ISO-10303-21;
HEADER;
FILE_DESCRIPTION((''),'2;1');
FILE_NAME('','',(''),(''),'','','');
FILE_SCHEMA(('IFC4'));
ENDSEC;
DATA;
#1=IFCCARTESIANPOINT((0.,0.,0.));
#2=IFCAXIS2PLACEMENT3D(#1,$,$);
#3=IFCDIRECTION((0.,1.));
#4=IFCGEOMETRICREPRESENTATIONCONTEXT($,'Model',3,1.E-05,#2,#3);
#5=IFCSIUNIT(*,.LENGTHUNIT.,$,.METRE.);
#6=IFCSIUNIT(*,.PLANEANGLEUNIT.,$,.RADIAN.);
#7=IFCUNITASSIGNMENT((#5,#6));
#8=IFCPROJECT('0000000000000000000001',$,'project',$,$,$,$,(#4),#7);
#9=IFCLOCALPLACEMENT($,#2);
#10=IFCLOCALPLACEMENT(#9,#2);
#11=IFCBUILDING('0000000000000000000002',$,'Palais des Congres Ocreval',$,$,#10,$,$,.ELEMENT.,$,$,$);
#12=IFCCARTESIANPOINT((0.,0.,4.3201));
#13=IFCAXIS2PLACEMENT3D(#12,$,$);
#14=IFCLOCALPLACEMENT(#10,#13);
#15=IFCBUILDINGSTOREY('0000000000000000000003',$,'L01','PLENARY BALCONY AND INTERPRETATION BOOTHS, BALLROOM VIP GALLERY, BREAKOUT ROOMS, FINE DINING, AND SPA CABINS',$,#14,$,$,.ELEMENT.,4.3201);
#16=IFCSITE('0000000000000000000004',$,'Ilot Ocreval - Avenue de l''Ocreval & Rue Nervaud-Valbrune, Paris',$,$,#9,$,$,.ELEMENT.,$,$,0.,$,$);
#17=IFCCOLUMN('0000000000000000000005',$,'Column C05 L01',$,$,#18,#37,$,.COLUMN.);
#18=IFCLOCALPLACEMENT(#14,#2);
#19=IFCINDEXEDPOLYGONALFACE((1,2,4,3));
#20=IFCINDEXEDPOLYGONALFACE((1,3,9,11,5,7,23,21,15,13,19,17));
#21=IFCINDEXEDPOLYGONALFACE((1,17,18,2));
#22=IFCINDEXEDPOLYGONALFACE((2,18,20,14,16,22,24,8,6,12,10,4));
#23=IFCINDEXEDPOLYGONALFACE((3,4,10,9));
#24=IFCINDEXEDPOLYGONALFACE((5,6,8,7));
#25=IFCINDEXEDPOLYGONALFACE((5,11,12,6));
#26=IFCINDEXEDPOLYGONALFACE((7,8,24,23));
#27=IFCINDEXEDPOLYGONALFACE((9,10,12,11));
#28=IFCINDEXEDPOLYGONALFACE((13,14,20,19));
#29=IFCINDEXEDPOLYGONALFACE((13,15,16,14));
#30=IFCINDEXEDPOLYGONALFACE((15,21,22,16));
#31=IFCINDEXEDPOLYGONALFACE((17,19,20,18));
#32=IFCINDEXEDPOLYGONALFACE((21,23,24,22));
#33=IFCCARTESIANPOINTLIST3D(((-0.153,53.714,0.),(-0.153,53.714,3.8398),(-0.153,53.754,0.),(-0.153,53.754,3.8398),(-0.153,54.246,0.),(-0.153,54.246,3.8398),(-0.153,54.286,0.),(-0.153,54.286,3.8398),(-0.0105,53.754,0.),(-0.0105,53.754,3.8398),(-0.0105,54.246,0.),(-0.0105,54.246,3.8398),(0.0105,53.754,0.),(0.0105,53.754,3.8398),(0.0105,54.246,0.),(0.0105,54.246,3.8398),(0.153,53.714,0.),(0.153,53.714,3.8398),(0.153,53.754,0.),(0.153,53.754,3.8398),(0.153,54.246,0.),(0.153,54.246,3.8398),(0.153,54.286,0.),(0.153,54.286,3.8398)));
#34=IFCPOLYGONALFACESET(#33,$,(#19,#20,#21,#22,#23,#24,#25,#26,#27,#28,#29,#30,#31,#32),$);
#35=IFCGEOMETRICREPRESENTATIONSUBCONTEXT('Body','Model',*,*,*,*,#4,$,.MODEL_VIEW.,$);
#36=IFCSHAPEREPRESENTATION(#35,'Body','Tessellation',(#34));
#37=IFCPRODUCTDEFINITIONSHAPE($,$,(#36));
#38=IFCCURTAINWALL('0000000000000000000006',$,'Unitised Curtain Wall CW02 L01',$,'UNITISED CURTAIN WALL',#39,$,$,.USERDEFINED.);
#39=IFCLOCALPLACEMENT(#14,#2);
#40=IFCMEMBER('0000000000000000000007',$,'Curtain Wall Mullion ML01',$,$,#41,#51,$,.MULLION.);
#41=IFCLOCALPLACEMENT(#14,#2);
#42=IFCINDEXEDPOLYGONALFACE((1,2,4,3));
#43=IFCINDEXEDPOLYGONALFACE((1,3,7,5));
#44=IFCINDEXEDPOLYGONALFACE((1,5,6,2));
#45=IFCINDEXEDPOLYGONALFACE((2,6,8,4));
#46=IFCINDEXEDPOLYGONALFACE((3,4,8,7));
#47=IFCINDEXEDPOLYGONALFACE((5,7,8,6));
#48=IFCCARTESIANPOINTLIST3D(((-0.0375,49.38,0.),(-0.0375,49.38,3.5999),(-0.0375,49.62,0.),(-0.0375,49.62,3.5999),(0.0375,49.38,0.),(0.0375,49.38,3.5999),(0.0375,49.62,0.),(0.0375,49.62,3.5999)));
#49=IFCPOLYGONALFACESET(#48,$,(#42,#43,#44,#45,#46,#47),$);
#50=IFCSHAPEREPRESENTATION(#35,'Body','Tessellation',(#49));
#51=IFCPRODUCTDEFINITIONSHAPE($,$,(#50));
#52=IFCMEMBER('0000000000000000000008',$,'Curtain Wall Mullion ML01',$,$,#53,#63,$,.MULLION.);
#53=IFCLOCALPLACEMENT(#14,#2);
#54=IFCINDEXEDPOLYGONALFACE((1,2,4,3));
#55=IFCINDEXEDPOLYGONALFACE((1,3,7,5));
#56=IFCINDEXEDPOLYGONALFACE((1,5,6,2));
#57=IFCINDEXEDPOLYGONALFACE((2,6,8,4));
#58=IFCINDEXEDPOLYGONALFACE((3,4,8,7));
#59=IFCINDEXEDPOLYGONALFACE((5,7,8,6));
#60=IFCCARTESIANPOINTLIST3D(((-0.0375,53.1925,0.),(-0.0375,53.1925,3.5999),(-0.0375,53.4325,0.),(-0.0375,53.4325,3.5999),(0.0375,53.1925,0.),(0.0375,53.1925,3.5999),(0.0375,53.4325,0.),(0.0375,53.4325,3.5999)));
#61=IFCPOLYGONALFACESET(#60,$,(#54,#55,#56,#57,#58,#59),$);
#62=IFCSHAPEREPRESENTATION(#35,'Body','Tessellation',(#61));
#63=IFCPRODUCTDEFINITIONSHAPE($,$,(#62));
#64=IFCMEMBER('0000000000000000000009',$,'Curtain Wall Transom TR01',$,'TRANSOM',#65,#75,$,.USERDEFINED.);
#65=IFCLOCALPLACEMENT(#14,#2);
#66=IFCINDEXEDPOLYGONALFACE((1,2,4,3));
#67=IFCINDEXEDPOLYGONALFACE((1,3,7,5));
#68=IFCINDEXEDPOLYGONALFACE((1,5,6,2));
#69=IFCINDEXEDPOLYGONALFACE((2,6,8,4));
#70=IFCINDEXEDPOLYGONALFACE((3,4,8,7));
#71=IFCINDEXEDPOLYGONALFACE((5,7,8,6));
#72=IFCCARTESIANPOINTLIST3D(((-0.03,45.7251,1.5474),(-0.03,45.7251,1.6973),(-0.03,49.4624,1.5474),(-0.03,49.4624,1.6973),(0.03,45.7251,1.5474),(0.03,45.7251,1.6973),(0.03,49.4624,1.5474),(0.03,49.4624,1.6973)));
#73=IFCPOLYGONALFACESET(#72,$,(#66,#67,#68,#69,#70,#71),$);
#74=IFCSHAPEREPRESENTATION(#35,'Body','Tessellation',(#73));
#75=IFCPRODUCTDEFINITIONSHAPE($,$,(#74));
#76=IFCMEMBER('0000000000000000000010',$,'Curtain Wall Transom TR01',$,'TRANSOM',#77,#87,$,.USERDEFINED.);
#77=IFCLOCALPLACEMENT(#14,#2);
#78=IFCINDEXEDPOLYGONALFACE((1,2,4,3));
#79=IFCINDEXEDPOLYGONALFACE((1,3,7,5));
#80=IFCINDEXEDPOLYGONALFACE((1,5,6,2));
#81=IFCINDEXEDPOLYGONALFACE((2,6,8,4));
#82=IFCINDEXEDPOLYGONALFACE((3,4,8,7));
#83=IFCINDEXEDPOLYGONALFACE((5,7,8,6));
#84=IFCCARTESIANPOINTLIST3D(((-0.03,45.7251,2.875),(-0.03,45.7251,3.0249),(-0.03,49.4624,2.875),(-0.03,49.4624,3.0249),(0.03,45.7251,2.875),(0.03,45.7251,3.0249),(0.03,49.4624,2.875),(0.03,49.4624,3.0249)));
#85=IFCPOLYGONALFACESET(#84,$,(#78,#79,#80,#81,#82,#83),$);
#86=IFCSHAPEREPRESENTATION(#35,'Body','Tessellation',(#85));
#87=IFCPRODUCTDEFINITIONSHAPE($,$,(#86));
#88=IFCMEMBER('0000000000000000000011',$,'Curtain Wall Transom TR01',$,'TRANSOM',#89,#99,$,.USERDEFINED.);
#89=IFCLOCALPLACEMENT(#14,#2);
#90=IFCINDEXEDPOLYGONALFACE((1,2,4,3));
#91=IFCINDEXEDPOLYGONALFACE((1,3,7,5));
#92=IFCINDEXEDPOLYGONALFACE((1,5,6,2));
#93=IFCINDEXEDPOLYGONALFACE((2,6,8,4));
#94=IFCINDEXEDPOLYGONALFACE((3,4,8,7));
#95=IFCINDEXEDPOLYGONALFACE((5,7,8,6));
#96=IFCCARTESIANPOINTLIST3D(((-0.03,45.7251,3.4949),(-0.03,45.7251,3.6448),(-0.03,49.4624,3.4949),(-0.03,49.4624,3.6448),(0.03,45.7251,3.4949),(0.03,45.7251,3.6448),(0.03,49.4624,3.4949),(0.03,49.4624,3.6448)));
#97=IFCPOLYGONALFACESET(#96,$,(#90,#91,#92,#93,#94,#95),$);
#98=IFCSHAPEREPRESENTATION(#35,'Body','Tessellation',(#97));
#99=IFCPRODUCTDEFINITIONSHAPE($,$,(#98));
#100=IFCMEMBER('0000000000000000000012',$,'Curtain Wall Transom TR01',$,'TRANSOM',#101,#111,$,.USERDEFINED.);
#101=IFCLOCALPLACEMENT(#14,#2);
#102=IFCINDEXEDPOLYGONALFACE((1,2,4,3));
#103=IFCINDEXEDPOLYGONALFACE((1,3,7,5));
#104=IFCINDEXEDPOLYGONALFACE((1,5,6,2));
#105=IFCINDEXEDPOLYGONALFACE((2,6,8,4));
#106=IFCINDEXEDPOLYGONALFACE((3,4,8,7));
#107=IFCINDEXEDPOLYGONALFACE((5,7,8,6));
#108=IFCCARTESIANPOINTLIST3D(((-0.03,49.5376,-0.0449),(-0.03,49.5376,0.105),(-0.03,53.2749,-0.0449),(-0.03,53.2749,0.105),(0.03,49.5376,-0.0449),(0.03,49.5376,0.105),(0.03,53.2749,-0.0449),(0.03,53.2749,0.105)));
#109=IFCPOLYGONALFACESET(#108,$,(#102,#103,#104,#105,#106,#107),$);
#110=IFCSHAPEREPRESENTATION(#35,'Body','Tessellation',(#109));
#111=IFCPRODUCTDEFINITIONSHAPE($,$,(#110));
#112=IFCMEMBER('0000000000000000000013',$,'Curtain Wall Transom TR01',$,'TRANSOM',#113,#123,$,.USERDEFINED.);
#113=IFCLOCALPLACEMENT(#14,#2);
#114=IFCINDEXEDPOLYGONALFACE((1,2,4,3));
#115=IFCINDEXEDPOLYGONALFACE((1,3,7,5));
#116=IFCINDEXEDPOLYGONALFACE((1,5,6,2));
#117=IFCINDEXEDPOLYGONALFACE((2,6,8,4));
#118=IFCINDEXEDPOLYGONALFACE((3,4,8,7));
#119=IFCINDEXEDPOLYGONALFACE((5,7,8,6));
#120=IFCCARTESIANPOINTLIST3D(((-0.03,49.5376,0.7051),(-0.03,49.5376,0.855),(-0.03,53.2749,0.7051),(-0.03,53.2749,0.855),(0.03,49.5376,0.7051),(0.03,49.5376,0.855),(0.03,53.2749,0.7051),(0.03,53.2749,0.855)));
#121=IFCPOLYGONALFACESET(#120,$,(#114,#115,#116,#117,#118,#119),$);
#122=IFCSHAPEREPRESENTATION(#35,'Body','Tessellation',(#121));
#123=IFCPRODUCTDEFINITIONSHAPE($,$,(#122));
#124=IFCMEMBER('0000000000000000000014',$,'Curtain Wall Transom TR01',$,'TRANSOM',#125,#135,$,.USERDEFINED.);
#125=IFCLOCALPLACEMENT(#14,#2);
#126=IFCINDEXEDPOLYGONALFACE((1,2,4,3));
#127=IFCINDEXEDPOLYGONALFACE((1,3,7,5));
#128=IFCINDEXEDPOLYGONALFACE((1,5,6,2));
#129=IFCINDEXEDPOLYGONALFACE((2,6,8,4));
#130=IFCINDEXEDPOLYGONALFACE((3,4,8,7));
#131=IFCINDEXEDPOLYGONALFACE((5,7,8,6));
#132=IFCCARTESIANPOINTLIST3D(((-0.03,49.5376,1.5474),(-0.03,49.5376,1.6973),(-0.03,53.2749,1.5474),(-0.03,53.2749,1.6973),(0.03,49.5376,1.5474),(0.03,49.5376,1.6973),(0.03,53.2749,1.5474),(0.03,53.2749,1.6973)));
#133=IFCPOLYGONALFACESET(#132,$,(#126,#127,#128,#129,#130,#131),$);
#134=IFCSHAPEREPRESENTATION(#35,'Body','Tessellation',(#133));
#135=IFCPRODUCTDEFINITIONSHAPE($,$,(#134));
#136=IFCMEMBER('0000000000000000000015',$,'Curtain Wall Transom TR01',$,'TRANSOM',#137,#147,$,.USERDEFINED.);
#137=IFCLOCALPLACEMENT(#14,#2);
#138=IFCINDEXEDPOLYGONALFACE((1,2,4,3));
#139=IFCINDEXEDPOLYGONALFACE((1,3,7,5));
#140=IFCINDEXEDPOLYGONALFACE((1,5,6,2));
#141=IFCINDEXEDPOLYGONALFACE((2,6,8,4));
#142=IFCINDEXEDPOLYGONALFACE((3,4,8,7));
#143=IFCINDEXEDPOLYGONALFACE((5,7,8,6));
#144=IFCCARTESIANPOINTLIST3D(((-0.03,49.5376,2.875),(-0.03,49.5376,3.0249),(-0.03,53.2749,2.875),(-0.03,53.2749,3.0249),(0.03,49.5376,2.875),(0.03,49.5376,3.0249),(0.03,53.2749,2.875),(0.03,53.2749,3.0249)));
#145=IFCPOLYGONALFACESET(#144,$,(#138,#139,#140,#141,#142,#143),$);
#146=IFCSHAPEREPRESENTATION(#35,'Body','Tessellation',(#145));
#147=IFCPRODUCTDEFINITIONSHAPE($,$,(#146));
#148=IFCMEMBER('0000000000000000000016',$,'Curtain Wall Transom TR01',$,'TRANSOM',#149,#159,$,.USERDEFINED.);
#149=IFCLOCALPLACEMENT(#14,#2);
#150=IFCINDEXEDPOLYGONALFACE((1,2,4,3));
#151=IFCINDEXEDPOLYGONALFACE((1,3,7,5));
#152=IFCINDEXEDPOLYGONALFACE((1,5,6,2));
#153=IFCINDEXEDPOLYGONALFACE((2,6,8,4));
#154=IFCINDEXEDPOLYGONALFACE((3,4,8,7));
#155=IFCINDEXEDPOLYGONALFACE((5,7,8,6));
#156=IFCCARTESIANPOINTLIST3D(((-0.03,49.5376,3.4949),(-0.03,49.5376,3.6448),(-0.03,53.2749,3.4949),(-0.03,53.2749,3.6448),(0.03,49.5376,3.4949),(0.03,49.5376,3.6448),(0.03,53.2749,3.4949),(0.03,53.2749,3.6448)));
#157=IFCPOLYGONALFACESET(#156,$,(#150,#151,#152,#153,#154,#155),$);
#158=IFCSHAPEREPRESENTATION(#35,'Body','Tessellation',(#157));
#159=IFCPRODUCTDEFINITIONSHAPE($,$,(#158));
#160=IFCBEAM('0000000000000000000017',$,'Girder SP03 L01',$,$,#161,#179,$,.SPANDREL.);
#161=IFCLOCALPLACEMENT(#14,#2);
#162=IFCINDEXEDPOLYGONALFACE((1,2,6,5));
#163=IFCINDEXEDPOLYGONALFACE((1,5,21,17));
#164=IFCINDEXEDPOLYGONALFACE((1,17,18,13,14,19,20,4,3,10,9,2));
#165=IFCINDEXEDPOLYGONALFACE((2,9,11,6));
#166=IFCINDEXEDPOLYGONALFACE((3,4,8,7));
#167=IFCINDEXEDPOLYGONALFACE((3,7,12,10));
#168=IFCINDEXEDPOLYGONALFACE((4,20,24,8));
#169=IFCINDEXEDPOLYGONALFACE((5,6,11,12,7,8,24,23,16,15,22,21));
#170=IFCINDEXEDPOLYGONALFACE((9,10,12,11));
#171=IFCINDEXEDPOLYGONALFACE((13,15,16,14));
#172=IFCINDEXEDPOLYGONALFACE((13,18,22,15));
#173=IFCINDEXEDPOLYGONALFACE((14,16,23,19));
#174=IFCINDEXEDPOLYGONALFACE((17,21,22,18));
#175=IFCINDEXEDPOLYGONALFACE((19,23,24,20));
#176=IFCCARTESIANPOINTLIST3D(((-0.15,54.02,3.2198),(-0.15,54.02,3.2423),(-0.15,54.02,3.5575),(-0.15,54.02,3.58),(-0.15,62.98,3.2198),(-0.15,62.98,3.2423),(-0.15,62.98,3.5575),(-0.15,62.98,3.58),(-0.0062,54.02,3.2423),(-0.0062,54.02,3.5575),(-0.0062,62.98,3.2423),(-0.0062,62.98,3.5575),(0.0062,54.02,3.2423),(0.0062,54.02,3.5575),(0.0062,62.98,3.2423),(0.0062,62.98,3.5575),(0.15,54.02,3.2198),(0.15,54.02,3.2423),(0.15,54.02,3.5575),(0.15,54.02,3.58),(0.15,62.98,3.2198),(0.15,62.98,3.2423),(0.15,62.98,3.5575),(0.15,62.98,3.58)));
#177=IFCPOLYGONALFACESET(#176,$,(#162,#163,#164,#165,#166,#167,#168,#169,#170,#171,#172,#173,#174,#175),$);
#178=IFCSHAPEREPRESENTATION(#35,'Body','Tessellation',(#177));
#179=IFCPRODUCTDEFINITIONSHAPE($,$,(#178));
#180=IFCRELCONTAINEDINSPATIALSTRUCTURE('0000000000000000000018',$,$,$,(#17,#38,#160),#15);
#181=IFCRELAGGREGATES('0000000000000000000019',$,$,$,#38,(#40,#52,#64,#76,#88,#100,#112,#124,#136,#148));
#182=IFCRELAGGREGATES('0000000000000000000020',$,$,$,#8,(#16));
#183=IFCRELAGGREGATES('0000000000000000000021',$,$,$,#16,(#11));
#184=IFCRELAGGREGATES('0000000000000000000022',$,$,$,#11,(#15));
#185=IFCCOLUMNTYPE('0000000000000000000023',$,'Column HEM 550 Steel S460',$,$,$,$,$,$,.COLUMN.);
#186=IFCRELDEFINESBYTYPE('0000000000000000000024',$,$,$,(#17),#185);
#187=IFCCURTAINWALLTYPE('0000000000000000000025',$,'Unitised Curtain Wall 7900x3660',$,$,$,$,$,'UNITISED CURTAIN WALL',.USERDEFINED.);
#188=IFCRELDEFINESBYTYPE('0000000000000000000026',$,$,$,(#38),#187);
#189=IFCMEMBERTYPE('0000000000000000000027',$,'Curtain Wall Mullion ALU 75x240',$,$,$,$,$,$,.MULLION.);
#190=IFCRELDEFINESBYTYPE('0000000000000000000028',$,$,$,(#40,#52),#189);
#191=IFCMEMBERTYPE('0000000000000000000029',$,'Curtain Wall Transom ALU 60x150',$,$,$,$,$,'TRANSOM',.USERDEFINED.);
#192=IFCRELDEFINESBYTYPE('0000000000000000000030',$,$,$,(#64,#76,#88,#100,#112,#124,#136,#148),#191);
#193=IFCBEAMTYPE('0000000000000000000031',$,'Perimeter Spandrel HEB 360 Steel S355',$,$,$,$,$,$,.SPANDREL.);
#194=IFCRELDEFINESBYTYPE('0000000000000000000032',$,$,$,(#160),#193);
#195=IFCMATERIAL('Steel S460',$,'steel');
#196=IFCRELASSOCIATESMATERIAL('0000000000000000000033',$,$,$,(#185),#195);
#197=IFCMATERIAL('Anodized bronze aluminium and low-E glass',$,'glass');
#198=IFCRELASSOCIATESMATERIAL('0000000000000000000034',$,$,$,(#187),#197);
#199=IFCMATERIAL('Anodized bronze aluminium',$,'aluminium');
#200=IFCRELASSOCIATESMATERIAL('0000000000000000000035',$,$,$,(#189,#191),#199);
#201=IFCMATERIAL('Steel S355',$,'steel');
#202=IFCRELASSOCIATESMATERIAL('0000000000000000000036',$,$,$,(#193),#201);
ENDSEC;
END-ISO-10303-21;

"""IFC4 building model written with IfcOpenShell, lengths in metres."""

from ifc_helpers import new_model, si_unit, direction, frame, origin, origin_2d, place, context, subcontext, project, spatial, rectangle, i_section, extrude, material, material_profile, profile_set, type_object, element, aggregate, save


model = new_model("IFC4")

# Units and contexts
model_context = context("Model", 3, precision=1e-05, world=origin(), true_north=direction((0.0, 1.0)))
body_context = subcontext(model_context, "Body", "Model", "MODEL_VIEW")
ifc_project = project(units=[si_unit("LENGTHUNIT", "METRE"), si_unit("PLANEANGLEUNIT", "RADIAN")], contexts=[model_context])

# Site, building, storey
site_placement = place(None, origin())
site = spatial("IfcSite", under=ifc_project, at=site_placement, Name="Ilot Ocreval - Avenue de l'Ocreval & Rue Nervaud-Valbrune, Paris", CompositionType="ELEMENT", RefElevation=0.0)
building_placement = place(site_placement, origin())
building = spatial("IfcBuilding", under=site, at=building_placement, Name="Palais des Congres Ocreval", CompositionType="ELEMENT")
storey_placement = place(building_placement, frame((0.0, 0.0, 4.3201)))
storey = spatial("IfcBuildingStorey", under=building, at=storey_placement, Name="L01", Description="PLENARY BALCONY AND INTERPRETATION BOOTHS, BALLROOM VIP GALLERY, BREAKOUT ROOMS, FINE DINING, AND SPA CABINS", CompositionType="ELEMENT", Elevation=4.3201)

# Column
ifc_material_1 = material(Name="Steel S460", Category="steel")
ifc_material_profile_1 = material_profile(ifc_material_1, i_section(OverallWidth=0.3059, OverallDepth=0.572, WebThickness=0.021, FlangeThickness=0.04, at=origin_2d()), Name="HEM 550")
ifc_profile_set_1 = profile_set([ifc_material_profile_1], Name="Steel S460")
column_type = type_object("IfcColumnType", Name="Column HEM 550 Steel S460", PredefinedType="COLUMN", material=ifc_profile_set_1)
column_placement = place(storey_placement, frame((0.0, 54.0, 0.0), z_axis=(0.0, 0.0, 1.0), x_axis=(1.0, 0.0, 0.0)))
element("IfcColumn", 1, at=column_placement, inside=storey, type_object=column_type, Name="Column C05 L01", PredefinedType="COLUMN", context=body_context, shape_type="SweptSolid", body=[
    extrude(i_section(OverallWidth=0.3059, OverallDepth=0.572, WebThickness=0.021, FlangeThickness=0.04, at=origin_2d()), origin(), (0.0, 0.0, 1.0), 3.8398),
])

# Curtain wall, members
ifc_material_2 = material(Name="Anodized bronze aluminium and low-E glass", Category="glass")
curtain_wall_type = type_object("IfcCurtainWallType", Name="Unitised Curtain Wall 7900x3660", ElementType="UNITISED CURTAIN WALL", PredefinedType="USERDEFINED", material=ifc_material_2)
curtain_wall_placement = place(storey_placement, origin())
curtain_wall = element("IfcCurtainWall", 2, at=curtain_wall_placement, inside=storey, type_object=curtain_wall_type, Name="Unitised Curtain Wall CW02 L01", ObjectType="UNITISED CURTAIN WALL", PredefinedType="USERDEFINED")
ifc_material_3 = material(Name="Anodized bronze aluminium", Category="aluminium")
ifc_material_profile_2 = material_profile(ifc_material_3, rectangle(XDim=0.075, YDim=0.24, at=origin_2d()), Name="ALU 75x240")
ifc_profile_set_2 = profile_set([ifc_material_profile_2], Name="Anodized bronze aluminium")
member_type_1 = type_object("IfcMemberType", Name="Curtain Wall Mullion ALU 75x240", PredefinedType="MULLION", material=ifc_profile_set_2)
member_1_placement = place(storey_placement, frame((0.0, 49.5, 0.0), z_axis=(0.0, 0.0, 1.0), x_axis=(-1.0, 0.0, 0.0)))
member_1 = element("IfcMember", 3, at=member_1_placement, type_object=member_type_1, Name="Curtain Wall Mullion ML01", PredefinedType="MULLION", context=body_context, shape_type="SweptSolid", body=[
    extrude(rectangle(XDim=0.075, YDim=0.24, at=origin_2d()), origin(), (0.0, 0.0, 1.0), 3.5999),
])
member_2_placement = place(storey_placement, frame((0.0, 53.3125, 0.0), z_axis=(0.0, 0.0, 1.0), x_axis=(-1.0, 0.0, 0.0)))
member_2 = element("IfcMember", 4, at=member_2_placement, type_object=member_type_1, Name="Curtain Wall Mullion ML01", PredefinedType="MULLION", context=body_context, shape_type="SweptSolid", body=[
    extrude(rectangle(XDim=0.075, YDim=0.24, at=origin_2d()), origin(), (0.0, 0.0, 1.0), 3.5999),
])
ifc_material_profile_3 = material_profile(ifc_material_3, rectangle(XDim=0.0601, YDim=0.1499, at=origin_2d()), Name="ALU 60x150")
ifc_profile_set_3 = profile_set([ifc_material_profile_3], Name="Anodized bronze aluminium")
member_type_2 = type_object("IfcMemberType", Name="Curtain Wall Transom ALU 60x150", ElementType="TRANSOM", PredefinedType="USERDEFINED", material=ifc_profile_set_3)
member_3_placement = place(storey_placement, frame((0.0, 45.7251, 1.6223), z_axis=(0.0, 1.0, 0.0), x_axis=(-1.0, 0.0, 0.0)))
member_3 = element("IfcMember", 5, at=member_3_placement, type_object=member_type_2, Name="Curtain Wall Transom TR01", ObjectType="TRANSOM", PredefinedType="USERDEFINED", context=body_context, shape_type="SweptSolid", body=[
    extrude(rectangle(XDim=0.0601, YDim=0.1499, at=origin_2d()), origin(), (0.0, 0.0, 1.0), 3.7373),
])
member_4_placement = place(storey_placement, frame((0.0, 45.7251, 2.95), z_axis=(0.0, 1.0, 0.0), x_axis=(-1.0, 0.0, 0.0)))
member_4 = element("IfcMember", 6, at=member_4_placement, type_object=member_type_2, Name="Curtain Wall Transom TR01", ObjectType="TRANSOM", PredefinedType="USERDEFINED", context=body_context, shape_type="SweptSolid", body=[
    extrude(rectangle(XDim=0.0601, YDim=0.1499, at=origin_2d()), origin(), (0.0, 0.0, 1.0), 3.7373),
])
member_5_placement = place(storey_placement, frame((0.0, 45.7251, 3.5698), z_axis=(0.0, 1.0, 0.0), x_axis=(-1.0, 0.0, 0.0)))
member_5 = element("IfcMember", 7, at=member_5_placement, type_object=member_type_2, Name="Curtain Wall Transom TR01", ObjectType="TRANSOM", PredefinedType="USERDEFINED", context=body_context, shape_type="SweptSolid", body=[
    extrude(rectangle(XDim=0.0601, YDim=0.1499, at=origin_2d()), origin(), (0.0, 0.0, 1.0), 3.7373),
])
member_6_placement = place(storey_placement, frame((0.0, 49.5376, 0.03), z_axis=(0.0, 1.0, 0.0), x_axis=(-1.0, 0.0, 0.0)))
member_6 = element("IfcMember", 8, at=member_6_placement, type_object=member_type_2, Name="Curtain Wall Transom TR01", ObjectType="TRANSOM", PredefinedType="USERDEFINED", context=body_context, shape_type="SweptSolid", body=[
    extrude(rectangle(XDim=0.0601, YDim=0.1499, at=origin_2d()), origin(), (0.0, 0.0, 1.0), 3.7373),
])
member_7_placement = place(storey_placement, frame((0.0, 49.5376, 0.78), z_axis=(0.0, 1.0, 0.0), x_axis=(-1.0, 0.0, 0.0)))
member_7 = element("IfcMember", 9, at=member_7_placement, type_object=member_type_2, Name="Curtain Wall Transom TR01", ObjectType="TRANSOM", PredefinedType="USERDEFINED", context=body_context, shape_type="SweptSolid", body=[
    extrude(rectangle(XDim=0.0601, YDim=0.1499, at=origin_2d()), origin(), (0.0, 0.0, 1.0), 3.7373),
])
member_8_placement = place(storey_placement, frame((0.0, 49.5376, 1.6223), z_axis=(0.0, 1.0, 0.0), x_axis=(-1.0, 0.0, 0.0)))
member_8 = element("IfcMember", 10, at=member_8_placement, type_object=member_type_2, Name="Curtain Wall Transom TR01", ObjectType="TRANSOM", PredefinedType="USERDEFINED", context=body_context, shape_type="SweptSolid", body=[
    extrude(rectangle(XDim=0.0601, YDim=0.1499, at=origin_2d()), origin(), (0.0, 0.0, 1.0), 3.7373),
])
member_9_placement = place(storey_placement, frame((0.0, 49.5376, 2.95), z_axis=(0.0, 1.0, 0.0), x_axis=(-1.0, 0.0, 0.0)))
member_9 = element("IfcMember", 11, at=member_9_placement, type_object=member_type_2, Name="Curtain Wall Transom TR01", ObjectType="TRANSOM", PredefinedType="USERDEFINED", context=body_context, shape_type="SweptSolid", body=[
    extrude(rectangle(XDim=0.0601, YDim=0.1499, at=origin_2d()), origin(), (0.0, 0.0, 1.0), 3.7373),
])
member_10_placement = place(storey_placement, frame((0.0, 49.5376, 3.5698), z_axis=(0.0, 1.0, 0.0), x_axis=(-1.0, 0.0, 0.0)))
member_10 = element("IfcMember", 12, at=member_10_placement, type_object=member_type_2, Name="Curtain Wall Transom TR01", ObjectType="TRANSOM", PredefinedType="USERDEFINED", context=body_context, shape_type="SweptSolid", body=[
    extrude(rectangle(XDim=0.0601, YDim=0.1499, at=origin_2d()), origin(), (0.0, 0.0, 1.0), 3.7373),
])

# Beam
ifc_material_4 = material(Name="Steel S355", Category="steel")
ifc_material_profile_4 = material_profile(ifc_material_4, i_section(OverallWidth=0.3, OverallDepth=0.3601, WebThickness=0.0125, FlangeThickness=0.0225, at=origin_2d()), Name="HEB 360")
ifc_profile_set_4 = profile_set([ifc_material_profile_4], Name="Steel S355")
beam_type_1 = type_object("IfcBeamType", Name="Perimeter Spandrel HEB 360 Steel S355", PredefinedType="SPANDREL", material=ifc_profile_set_4)
beam_1_placement = place(storey_placement, frame((0.0, 54.02, 3.3999), z_axis=(0.0, 1.0, 0.0), x_axis=(-1.0, 0.0, 0.0)))
element("IfcBeam", 13, at=beam_1_placement, inside=storey, type_object=beam_type_1, Name="Girder SP03 L01", PredefinedType="SPANDREL", context=body_context, shape_type="SweptSolid", body=[
    extrude(i_section(OverallWidth=0.3, OverallDepth=0.3601, WebThickness=0.0125, FlangeThickness=0.0225, at=origin_2d()), origin(), (0.0, 0.0, 1.0), 8.96),
])

aggregate(curtain_wall, [member_1, member_2, member_3, member_4, member_5, member_6, member_7, member_8, member_9, member_10])

save(model, "model.ifc")
